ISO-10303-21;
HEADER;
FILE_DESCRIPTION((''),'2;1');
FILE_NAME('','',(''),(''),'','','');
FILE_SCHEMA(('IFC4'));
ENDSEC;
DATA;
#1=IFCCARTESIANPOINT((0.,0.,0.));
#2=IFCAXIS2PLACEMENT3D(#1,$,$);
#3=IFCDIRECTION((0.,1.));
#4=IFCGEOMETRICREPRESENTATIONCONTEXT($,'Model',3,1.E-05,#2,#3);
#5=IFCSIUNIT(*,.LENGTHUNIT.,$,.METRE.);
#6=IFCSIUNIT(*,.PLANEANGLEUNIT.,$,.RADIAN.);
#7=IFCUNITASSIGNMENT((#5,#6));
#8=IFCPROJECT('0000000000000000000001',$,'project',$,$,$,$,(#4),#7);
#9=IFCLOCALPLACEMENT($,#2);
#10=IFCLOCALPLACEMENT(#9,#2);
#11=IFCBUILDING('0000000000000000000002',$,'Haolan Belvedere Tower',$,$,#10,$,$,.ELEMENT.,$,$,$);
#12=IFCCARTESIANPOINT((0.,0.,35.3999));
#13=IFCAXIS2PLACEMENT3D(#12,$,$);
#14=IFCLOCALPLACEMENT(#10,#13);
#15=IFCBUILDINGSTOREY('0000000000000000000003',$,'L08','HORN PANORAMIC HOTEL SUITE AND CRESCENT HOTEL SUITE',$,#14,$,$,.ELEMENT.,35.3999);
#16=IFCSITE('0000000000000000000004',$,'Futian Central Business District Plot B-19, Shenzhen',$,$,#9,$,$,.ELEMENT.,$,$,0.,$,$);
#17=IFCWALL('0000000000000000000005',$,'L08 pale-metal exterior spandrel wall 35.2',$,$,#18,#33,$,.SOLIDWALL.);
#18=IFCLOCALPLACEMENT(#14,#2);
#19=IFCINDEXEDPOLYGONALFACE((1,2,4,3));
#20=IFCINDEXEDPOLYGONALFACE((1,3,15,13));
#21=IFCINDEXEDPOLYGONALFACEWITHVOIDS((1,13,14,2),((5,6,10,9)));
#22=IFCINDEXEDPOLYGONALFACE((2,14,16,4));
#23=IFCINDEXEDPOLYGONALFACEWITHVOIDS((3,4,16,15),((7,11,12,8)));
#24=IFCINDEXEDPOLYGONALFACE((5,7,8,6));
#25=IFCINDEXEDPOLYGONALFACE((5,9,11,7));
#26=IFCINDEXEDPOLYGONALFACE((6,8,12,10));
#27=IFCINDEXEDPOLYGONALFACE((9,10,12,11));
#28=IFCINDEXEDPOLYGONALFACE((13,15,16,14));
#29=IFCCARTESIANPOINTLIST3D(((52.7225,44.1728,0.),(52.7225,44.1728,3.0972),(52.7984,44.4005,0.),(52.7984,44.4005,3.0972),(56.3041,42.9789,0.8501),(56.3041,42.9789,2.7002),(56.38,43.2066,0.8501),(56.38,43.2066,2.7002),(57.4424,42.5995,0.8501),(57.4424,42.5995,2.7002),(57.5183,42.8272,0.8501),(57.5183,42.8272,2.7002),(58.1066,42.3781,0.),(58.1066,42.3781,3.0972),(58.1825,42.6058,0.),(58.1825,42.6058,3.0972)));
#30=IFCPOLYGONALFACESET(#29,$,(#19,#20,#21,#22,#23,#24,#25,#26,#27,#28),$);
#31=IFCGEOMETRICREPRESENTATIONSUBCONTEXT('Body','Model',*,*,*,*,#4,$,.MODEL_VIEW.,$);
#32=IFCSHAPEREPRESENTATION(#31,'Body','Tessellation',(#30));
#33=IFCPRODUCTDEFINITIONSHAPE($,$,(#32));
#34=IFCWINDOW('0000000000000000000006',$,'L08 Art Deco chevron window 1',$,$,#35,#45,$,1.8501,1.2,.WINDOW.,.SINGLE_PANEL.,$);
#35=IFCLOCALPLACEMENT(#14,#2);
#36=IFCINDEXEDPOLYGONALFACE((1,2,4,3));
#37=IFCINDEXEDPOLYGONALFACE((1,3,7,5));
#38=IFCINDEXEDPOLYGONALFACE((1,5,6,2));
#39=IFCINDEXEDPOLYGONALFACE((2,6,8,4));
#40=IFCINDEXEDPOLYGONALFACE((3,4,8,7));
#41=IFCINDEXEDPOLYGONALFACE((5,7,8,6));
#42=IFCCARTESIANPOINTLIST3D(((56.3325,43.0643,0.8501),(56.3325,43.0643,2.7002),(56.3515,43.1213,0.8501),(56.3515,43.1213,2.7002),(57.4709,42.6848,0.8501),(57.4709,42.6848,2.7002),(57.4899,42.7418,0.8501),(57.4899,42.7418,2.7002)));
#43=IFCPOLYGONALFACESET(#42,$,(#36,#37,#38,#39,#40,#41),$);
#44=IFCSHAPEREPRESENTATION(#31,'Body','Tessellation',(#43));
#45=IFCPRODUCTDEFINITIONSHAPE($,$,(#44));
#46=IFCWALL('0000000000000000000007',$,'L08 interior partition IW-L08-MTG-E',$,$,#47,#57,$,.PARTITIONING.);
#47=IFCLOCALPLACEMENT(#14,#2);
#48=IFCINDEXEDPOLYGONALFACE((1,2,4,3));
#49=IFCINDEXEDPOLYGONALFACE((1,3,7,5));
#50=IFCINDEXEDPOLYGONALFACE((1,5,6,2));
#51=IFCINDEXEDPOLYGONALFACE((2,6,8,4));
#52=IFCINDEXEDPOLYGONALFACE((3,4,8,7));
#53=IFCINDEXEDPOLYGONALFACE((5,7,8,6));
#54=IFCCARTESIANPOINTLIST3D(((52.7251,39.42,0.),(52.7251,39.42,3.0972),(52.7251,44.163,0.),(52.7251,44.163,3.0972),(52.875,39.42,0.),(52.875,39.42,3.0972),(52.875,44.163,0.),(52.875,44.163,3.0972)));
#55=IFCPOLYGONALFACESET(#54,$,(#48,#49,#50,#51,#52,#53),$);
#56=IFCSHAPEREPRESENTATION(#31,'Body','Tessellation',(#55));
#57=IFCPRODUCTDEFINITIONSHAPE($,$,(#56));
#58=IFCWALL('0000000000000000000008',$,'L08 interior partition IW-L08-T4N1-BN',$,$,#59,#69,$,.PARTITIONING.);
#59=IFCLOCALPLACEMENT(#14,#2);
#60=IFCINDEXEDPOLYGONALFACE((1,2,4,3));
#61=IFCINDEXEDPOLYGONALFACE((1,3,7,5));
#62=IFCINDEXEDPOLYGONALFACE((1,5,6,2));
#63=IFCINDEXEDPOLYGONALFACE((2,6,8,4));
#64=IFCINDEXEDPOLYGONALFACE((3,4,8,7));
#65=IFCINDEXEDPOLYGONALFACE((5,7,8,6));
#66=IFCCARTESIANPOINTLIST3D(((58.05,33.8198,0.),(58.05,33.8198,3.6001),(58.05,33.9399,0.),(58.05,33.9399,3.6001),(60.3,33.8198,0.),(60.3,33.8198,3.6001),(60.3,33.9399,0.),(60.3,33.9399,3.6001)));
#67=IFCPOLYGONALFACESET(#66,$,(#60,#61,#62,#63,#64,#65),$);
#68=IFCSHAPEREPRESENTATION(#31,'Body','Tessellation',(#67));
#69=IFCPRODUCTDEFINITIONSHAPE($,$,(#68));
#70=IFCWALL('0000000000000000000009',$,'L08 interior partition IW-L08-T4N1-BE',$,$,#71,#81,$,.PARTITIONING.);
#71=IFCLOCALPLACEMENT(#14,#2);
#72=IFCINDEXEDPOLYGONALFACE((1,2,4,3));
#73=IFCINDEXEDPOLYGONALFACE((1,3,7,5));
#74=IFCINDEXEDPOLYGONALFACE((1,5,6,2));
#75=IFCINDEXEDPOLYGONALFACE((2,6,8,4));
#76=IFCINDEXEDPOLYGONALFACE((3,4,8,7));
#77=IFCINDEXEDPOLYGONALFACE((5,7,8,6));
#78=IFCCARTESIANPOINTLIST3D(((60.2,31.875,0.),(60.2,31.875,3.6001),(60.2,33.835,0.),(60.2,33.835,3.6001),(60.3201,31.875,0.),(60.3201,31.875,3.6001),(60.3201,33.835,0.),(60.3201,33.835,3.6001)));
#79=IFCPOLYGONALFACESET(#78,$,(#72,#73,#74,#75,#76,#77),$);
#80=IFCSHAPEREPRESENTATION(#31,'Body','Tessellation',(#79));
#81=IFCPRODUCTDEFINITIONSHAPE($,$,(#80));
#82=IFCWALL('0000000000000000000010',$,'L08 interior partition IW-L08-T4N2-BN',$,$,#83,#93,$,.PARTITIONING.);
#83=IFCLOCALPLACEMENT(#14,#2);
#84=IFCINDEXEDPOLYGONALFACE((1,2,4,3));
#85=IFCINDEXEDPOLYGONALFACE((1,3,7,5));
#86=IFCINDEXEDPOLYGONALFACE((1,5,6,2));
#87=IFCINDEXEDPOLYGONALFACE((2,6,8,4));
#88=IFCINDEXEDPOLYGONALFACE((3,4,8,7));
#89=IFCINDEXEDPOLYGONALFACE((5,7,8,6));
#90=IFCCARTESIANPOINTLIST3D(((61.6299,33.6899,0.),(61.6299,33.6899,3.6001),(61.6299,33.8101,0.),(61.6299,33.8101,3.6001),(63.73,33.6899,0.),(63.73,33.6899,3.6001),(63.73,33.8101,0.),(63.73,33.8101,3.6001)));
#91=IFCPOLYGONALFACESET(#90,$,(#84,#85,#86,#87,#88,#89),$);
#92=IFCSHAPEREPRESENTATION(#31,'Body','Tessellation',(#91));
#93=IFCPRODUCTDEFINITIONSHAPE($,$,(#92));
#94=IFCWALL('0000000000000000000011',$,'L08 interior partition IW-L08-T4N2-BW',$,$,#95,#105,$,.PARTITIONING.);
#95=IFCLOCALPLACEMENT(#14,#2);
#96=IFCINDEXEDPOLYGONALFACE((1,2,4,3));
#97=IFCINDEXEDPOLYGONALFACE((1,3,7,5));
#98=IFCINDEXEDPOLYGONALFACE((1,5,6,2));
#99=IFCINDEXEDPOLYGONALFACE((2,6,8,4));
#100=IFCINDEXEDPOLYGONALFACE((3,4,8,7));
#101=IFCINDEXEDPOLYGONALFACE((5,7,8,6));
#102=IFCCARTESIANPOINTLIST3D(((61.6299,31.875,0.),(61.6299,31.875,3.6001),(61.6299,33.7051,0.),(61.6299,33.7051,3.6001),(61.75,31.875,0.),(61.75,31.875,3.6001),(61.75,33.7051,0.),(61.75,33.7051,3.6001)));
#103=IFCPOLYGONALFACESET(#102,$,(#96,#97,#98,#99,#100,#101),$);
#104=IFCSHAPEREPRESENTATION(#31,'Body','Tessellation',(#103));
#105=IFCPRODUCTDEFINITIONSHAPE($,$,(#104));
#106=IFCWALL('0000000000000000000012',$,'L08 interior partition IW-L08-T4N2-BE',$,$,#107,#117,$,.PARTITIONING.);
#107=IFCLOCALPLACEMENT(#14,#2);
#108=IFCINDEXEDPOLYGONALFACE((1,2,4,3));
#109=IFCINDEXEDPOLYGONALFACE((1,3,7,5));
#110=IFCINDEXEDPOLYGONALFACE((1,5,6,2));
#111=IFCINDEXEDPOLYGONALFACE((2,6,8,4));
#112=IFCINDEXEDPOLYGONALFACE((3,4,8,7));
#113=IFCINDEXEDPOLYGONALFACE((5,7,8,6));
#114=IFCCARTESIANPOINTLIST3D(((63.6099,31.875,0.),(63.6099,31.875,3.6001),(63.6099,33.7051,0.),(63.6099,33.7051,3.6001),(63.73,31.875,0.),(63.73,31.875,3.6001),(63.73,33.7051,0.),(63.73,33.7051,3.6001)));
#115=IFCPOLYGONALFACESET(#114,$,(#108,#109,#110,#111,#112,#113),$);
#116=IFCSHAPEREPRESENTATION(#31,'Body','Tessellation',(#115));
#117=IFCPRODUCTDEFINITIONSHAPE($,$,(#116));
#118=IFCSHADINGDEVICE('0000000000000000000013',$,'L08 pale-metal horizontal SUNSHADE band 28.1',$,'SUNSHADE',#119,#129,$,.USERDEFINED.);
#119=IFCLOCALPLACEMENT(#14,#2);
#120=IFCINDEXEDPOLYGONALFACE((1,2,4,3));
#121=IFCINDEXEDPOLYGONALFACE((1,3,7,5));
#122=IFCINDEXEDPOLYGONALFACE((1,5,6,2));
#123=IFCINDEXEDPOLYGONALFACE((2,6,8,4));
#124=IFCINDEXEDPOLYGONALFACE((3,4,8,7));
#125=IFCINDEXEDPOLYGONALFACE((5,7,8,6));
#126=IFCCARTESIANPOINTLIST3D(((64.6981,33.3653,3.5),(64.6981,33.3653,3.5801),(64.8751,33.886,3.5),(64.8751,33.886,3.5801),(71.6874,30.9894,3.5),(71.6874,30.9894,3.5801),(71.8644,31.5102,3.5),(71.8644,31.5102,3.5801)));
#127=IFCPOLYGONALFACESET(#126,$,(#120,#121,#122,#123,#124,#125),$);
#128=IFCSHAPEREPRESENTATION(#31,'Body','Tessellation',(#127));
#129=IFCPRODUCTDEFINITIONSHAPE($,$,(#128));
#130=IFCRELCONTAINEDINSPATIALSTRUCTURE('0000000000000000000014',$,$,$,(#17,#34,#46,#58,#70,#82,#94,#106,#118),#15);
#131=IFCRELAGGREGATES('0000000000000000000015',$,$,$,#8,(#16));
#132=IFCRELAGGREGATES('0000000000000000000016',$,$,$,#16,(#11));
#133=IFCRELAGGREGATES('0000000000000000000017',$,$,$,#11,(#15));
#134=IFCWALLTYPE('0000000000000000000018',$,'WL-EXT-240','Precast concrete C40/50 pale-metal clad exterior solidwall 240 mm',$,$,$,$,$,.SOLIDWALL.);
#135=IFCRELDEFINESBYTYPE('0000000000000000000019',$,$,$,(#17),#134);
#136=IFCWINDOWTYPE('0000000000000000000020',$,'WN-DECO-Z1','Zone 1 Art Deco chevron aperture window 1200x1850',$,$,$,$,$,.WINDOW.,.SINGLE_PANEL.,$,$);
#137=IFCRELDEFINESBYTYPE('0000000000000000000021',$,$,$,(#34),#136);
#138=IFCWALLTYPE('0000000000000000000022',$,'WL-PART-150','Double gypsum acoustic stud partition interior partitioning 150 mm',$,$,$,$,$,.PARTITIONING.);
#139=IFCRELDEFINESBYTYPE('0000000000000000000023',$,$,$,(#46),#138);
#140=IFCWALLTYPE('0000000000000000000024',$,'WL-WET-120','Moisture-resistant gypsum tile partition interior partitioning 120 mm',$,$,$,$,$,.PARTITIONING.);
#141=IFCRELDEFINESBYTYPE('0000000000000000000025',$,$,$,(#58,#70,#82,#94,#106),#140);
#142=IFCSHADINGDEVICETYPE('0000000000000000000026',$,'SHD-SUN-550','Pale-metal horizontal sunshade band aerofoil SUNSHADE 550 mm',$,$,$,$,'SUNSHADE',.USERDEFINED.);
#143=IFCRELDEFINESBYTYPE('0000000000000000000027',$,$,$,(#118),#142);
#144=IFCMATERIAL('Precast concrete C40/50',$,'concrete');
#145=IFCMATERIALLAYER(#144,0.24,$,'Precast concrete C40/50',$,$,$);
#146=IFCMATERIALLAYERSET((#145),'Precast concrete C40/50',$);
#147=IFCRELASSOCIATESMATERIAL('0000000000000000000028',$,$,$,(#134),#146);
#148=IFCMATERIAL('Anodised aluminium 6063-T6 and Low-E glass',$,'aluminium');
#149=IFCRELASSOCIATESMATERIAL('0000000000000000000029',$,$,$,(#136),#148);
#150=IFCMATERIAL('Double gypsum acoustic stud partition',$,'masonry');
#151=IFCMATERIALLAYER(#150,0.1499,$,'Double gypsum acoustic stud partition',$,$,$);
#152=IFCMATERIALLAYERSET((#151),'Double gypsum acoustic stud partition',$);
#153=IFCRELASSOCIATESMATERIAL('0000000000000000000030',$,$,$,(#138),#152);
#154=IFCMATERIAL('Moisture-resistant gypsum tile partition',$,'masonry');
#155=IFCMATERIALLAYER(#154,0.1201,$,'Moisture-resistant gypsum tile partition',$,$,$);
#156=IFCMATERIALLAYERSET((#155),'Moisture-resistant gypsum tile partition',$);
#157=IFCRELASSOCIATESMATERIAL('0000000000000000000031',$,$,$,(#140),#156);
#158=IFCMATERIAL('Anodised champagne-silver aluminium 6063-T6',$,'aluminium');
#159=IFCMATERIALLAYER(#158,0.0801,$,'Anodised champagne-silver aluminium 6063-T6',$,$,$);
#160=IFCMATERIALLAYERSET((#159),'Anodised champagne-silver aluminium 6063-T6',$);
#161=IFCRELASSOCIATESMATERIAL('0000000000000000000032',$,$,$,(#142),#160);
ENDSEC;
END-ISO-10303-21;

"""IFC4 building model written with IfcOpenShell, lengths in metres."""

from ifc_helpers import new_model, si_unit, direction, frame, frame_2d, origin, origin_2d, place, context, subcontext, project, spatial, rectangle, extrude, material, layer, layer_set, type_object, element, fill, save


model = new_model("IFC4")

# Units and contexts
model_context = context("Model", 3, precision=1e-05, world=origin(), true_north=direction((0.0, 1.0)))
body_context = subcontext(model_context, "Body", "Model", "MODEL_VIEW")
ifc_project = project(units=[si_unit("LENGTHUNIT", "METRE"), si_unit("PLANEANGLEUNIT", "RADIAN")], contexts=[model_context])

# Site, building, storey
site_placement = place(None, origin())
site = spatial("IfcSite", under=ifc_project, at=site_placement, Name="Futian Central Business District Plot B-19, Shenzhen", CompositionType="ELEMENT", RefElevation=0.0)
building_placement = place(site_placement, origin())
building = spatial("IfcBuilding", under=site, at=building_placement, Name="Haolan Belvedere Tower", CompositionType="ELEMENT")
storey_placement = place(building_placement, frame((0.0, 0.0, 35.3999)))
storey = spatial("IfcBuildingStorey", under=building, at=storey_placement, Name="L08", Description="HORN PANORAMIC HOTEL SUITE AND CRESCENT HOTEL SUITE", CompositionType="ELEMENT", Elevation=35.3999)

# Shared definitions
ifc_material_1 = material(Name="Precast concrete C40/50", Category="concrete")
ifc_layer_1 = layer(ifc_material_1, 0.24, Name="Precast concrete C40/50")
ifc_layer_set_1 = layer_set([ifc_layer_1], Name="Precast concrete C40/50")
wall_type_1 = type_object("IfcWallType", Name="WL-EXT-240", Description="Precast concrete C40/50 pale-metal clad exterior solidwall 240 mm", PredefinedType="SOLIDWALL", material=ifc_layer_set_1)
ifc_material_2 = material(Name="Anodised aluminium 6063-T6 and Low-E glass", Category="aluminium")
window_type = type_object("IfcWindowType", Name="WN-DECO-Z1", Description="Zone 1 Art Deco chevron aperture window 1200x1850", PartitioningType="SINGLE_PANEL", PredefinedType="WINDOW", material=ifc_material_2)

# Wall, opening, window
wall_1_placement = place(storey_placement, frame((58.1445, 42.4919, 0.0), z_axis=(0.0, 0.0, 1.0), x_axis=(-0.948683, 0.316228, 0.0)))
wall_1 = element("IfcWall", 1, at=wall_1_placement, inside=storey, type_object=wall_type_1, Name="L08 pale-metal exterior spandrel wall 35.2", PredefinedType="SOLIDWALL", context=body_context, shape_type="SweptSolid", body=[
    extrude(rectangle(XDim=5.6753, YDim=0.24, at=frame_2d((2.8376, 0.0))), origin(), (0.0, 0.0, 1.0), 3.0972),
])
opening_1_placement = place(wall_1_placement, frame((0.7, 0.0, 0.8501)))
opening_1 = element("IfcOpeningElement", 2, at=opening_1_placement, cuts=wall_1, PredefinedType="OPENING", context=body_context, shape_type="SweptSolid", body=[
    extrude(rectangle(XDim=1.2, YDim=1.8501, at=frame_2d((0.6001, 0.925))), frame((0.0, 0.1299, 0.0), z_axis=(0.0, -1.0, 0.0), x_axis=(1.0, 0.0, 0.0)), (0.0, 0.0, 1.0), 0.26),
])
window_1_placement = place(opening_1_placement, origin())
window_1 = element("IfcWindow", 3, at=window_1_placement, inside=storey, type_object=window_type, Name="L08 Art Deco chevron window 1", OverallHeight=1.8501, OverallWidth=1.2, PartitioningType="SINGLE_PANEL", PredefinedType="WINDOW", context=body_context, shape_type="SweptSolid", body=[
    extrude(rectangle(XDim=1.2, YDim=1.8501, at=frame_2d((0.6001, 0.925))), frame((0.0, 0.03, 0.0), z_axis=(0.0, -1.0, 0.0), x_axis=(1.0, 0.0, 0.0)), (0.0, 0.0, 1.0), 0.0601),
])
fill(opening_1, window_1)

# Walls
ifc_material_3 = material(Name="Double gypsum acoustic stud partition", Category="masonry")
ifc_layer_2 = layer(ifc_material_3, 0.1499, Name="Double gypsum acoustic stud partition")
ifc_layer_set_2 = layer_set([ifc_layer_2], Name="Double gypsum acoustic stud partition")
wall_type_2 = type_object("IfcWallType", Name="WL-PART-150", Description="Double gypsum acoustic stud partition interior partitioning 150 mm", PredefinedType="PARTITIONING", material=ifc_layer_set_2)
wall_2_placement = place(storey_placement, frame((52.8, 39.4199, 0.0), z_axis=(0.0, 0.0, 1.0), x_axis=(0.0, 1.0, 0.0)))
element("IfcWall", 4, at=wall_2_placement, inside=storey, type_object=wall_type_2, Name="L08 interior partition IW-L08-MTG-E", PredefinedType="PARTITIONING", context=body_context, shape_type="SweptSolid", body=[
    extrude(rectangle(XDim=4.7429, YDim=0.1499, at=frame_2d((2.3716, 0.0))), origin(), (0.0, 0.0, 1.0), 3.0972),
])
ifc_material_4 = material(Name="Moisture-resistant gypsum tile partition", Category="masonry")
ifc_layer_3 = layer(ifc_material_4, 0.1201, Name="Moisture-resistant gypsum tile partition")
ifc_layer_set_3 = layer_set([ifc_layer_3], Name="Moisture-resistant gypsum tile partition")
wall_type_3 = type_object("IfcWallType", Name="WL-WET-120", Description="Moisture-resistant gypsum tile partition interior partitioning 120 mm", PredefinedType="PARTITIONING", material=ifc_layer_set_3)
wall_3_placement = place(storey_placement, frame((58.05, 33.8799, 0.0), z_axis=(0.0, 0.0, 1.0), x_axis=(1.0, 0.0, 0.0)))
element("IfcWall", 5, at=wall_3_placement, inside=storey, type_object=wall_type_3, Name="L08 interior partition IW-L08-T4N1-BN", PredefinedType="PARTITIONING", context=body_context, shape_type="SweptSolid", body=[
    extrude(rectangle(XDim=2.25, YDim=0.1201, at=frame_2d((1.125, 0.0))), origin(), (0.0, 0.0, 1.0), 3.6001),
])
wall_4_placement = place(storey_placement, frame((60.26, 31.875, 0.0), z_axis=(0.0, 0.0, 1.0), x_axis=(0.0, 1.0, 0.0)))
element("IfcWall", 6, at=wall_4_placement, inside=storey, type_object=wall_type_3, Name="L08 interior partition IW-L08-T4N1-BE", PredefinedType="PARTITIONING", context=body_context, shape_type="SweptSolid", body=[
    extrude(rectangle(XDim=1.96, YDim=0.1201, at=frame_2d((0.98, 0.0))), origin(), (0.0, 0.0, 1.0), 3.6001),
])
wall_5_placement = place(storey_placement, frame((61.6299, 33.75, 0.0), z_axis=(0.0, 0.0, 1.0), x_axis=(1.0, 0.0, 0.0)))
element("IfcWall", 7, at=wall_5_placement, inside=storey, type_object=wall_type_3, Name="L08 interior partition IW-L08-T4N2-BN", PredefinedType="PARTITIONING", context=body_context, shape_type="SweptSolid", body=[
    extrude(rectangle(XDim=2.1001, YDim=0.1201, at=frame_2d((1.05, 0.0))), origin(), (0.0, 0.0, 1.0), 3.6001),
])
for number, where, z_axis, x_axis, name in (
    (8, (61.6899, 31.875, 0.0), (0.0, 0.0, 1.0), (0.0, 1.0, 0.0), "L08 interior partition IW-L08-T4N2-BW"),
    (9, (63.6699, 31.875, 0.0), (0.0, 0.0, 1.0), (0.0, 1.0, 0.0), "L08 interior partition IW-L08-T4N2-BE"),
):
    element("IfcWall", number, at=place(storey_placement, frame(where, z_axis=z_axis, x_axis=x_axis)), inside=storey, type_object=wall_type_3, Name=name, PredefinedType="PARTITIONING", context=body_context, shape_type="SweptSolid", body=[
        extrude(rectangle(XDim=1.8301, YDim=0.1201, at=frame_2d((0.915, 0.0))), origin(), (0.0, 0.0, 1.0), 3.6001),
    ])

# Shading device
ifc_material_5 = material(Name="Anodised champagne-silver aluminium 6063-T6", Category="aluminium")
ifc_layer_4 = layer(ifc_material_5, 0.0801, Name="Anodised champagne-silver aluminium 6063-T6")
ifc_layer_set_4 = layer_set([ifc_layer_4], Name="Anodised champagne-silver aluminium 6063-T6")
shading_device_type = type_object("IfcShadingDeviceType", Name="SHD-SUN-550", Description="Pale-metal horizontal sunshade band aerofoil SUNSHADE 550 mm", ElementType="SUNSHADE", PredefinedType="USERDEFINED", material=ifc_layer_set_4)
shading_device_placement = place(storey_placement, frame((68.2812, 32.4377, 3.5), z_axis=(0.0, 0.0, 1.0), x_axis=(-0.946795, 0.321836, 0.0)))
element("IfcShadingDevice", 10, at=shading_device_placement, inside=storey, type_object=shading_device_type, Name="L08 pale-metal horizontal SUNSHADE band 28.1", ObjectType="SUNSHADE", PredefinedType="USERDEFINED", context=body_context, shape_type="SweptSolid", body=[
    extrude(rectangle(XDim=7.3821, YDim=0.55, at=origin_2d()), origin(), (0.0, 0.0, 1.0), 0.0801),
])

save(model, "model.ifc")
